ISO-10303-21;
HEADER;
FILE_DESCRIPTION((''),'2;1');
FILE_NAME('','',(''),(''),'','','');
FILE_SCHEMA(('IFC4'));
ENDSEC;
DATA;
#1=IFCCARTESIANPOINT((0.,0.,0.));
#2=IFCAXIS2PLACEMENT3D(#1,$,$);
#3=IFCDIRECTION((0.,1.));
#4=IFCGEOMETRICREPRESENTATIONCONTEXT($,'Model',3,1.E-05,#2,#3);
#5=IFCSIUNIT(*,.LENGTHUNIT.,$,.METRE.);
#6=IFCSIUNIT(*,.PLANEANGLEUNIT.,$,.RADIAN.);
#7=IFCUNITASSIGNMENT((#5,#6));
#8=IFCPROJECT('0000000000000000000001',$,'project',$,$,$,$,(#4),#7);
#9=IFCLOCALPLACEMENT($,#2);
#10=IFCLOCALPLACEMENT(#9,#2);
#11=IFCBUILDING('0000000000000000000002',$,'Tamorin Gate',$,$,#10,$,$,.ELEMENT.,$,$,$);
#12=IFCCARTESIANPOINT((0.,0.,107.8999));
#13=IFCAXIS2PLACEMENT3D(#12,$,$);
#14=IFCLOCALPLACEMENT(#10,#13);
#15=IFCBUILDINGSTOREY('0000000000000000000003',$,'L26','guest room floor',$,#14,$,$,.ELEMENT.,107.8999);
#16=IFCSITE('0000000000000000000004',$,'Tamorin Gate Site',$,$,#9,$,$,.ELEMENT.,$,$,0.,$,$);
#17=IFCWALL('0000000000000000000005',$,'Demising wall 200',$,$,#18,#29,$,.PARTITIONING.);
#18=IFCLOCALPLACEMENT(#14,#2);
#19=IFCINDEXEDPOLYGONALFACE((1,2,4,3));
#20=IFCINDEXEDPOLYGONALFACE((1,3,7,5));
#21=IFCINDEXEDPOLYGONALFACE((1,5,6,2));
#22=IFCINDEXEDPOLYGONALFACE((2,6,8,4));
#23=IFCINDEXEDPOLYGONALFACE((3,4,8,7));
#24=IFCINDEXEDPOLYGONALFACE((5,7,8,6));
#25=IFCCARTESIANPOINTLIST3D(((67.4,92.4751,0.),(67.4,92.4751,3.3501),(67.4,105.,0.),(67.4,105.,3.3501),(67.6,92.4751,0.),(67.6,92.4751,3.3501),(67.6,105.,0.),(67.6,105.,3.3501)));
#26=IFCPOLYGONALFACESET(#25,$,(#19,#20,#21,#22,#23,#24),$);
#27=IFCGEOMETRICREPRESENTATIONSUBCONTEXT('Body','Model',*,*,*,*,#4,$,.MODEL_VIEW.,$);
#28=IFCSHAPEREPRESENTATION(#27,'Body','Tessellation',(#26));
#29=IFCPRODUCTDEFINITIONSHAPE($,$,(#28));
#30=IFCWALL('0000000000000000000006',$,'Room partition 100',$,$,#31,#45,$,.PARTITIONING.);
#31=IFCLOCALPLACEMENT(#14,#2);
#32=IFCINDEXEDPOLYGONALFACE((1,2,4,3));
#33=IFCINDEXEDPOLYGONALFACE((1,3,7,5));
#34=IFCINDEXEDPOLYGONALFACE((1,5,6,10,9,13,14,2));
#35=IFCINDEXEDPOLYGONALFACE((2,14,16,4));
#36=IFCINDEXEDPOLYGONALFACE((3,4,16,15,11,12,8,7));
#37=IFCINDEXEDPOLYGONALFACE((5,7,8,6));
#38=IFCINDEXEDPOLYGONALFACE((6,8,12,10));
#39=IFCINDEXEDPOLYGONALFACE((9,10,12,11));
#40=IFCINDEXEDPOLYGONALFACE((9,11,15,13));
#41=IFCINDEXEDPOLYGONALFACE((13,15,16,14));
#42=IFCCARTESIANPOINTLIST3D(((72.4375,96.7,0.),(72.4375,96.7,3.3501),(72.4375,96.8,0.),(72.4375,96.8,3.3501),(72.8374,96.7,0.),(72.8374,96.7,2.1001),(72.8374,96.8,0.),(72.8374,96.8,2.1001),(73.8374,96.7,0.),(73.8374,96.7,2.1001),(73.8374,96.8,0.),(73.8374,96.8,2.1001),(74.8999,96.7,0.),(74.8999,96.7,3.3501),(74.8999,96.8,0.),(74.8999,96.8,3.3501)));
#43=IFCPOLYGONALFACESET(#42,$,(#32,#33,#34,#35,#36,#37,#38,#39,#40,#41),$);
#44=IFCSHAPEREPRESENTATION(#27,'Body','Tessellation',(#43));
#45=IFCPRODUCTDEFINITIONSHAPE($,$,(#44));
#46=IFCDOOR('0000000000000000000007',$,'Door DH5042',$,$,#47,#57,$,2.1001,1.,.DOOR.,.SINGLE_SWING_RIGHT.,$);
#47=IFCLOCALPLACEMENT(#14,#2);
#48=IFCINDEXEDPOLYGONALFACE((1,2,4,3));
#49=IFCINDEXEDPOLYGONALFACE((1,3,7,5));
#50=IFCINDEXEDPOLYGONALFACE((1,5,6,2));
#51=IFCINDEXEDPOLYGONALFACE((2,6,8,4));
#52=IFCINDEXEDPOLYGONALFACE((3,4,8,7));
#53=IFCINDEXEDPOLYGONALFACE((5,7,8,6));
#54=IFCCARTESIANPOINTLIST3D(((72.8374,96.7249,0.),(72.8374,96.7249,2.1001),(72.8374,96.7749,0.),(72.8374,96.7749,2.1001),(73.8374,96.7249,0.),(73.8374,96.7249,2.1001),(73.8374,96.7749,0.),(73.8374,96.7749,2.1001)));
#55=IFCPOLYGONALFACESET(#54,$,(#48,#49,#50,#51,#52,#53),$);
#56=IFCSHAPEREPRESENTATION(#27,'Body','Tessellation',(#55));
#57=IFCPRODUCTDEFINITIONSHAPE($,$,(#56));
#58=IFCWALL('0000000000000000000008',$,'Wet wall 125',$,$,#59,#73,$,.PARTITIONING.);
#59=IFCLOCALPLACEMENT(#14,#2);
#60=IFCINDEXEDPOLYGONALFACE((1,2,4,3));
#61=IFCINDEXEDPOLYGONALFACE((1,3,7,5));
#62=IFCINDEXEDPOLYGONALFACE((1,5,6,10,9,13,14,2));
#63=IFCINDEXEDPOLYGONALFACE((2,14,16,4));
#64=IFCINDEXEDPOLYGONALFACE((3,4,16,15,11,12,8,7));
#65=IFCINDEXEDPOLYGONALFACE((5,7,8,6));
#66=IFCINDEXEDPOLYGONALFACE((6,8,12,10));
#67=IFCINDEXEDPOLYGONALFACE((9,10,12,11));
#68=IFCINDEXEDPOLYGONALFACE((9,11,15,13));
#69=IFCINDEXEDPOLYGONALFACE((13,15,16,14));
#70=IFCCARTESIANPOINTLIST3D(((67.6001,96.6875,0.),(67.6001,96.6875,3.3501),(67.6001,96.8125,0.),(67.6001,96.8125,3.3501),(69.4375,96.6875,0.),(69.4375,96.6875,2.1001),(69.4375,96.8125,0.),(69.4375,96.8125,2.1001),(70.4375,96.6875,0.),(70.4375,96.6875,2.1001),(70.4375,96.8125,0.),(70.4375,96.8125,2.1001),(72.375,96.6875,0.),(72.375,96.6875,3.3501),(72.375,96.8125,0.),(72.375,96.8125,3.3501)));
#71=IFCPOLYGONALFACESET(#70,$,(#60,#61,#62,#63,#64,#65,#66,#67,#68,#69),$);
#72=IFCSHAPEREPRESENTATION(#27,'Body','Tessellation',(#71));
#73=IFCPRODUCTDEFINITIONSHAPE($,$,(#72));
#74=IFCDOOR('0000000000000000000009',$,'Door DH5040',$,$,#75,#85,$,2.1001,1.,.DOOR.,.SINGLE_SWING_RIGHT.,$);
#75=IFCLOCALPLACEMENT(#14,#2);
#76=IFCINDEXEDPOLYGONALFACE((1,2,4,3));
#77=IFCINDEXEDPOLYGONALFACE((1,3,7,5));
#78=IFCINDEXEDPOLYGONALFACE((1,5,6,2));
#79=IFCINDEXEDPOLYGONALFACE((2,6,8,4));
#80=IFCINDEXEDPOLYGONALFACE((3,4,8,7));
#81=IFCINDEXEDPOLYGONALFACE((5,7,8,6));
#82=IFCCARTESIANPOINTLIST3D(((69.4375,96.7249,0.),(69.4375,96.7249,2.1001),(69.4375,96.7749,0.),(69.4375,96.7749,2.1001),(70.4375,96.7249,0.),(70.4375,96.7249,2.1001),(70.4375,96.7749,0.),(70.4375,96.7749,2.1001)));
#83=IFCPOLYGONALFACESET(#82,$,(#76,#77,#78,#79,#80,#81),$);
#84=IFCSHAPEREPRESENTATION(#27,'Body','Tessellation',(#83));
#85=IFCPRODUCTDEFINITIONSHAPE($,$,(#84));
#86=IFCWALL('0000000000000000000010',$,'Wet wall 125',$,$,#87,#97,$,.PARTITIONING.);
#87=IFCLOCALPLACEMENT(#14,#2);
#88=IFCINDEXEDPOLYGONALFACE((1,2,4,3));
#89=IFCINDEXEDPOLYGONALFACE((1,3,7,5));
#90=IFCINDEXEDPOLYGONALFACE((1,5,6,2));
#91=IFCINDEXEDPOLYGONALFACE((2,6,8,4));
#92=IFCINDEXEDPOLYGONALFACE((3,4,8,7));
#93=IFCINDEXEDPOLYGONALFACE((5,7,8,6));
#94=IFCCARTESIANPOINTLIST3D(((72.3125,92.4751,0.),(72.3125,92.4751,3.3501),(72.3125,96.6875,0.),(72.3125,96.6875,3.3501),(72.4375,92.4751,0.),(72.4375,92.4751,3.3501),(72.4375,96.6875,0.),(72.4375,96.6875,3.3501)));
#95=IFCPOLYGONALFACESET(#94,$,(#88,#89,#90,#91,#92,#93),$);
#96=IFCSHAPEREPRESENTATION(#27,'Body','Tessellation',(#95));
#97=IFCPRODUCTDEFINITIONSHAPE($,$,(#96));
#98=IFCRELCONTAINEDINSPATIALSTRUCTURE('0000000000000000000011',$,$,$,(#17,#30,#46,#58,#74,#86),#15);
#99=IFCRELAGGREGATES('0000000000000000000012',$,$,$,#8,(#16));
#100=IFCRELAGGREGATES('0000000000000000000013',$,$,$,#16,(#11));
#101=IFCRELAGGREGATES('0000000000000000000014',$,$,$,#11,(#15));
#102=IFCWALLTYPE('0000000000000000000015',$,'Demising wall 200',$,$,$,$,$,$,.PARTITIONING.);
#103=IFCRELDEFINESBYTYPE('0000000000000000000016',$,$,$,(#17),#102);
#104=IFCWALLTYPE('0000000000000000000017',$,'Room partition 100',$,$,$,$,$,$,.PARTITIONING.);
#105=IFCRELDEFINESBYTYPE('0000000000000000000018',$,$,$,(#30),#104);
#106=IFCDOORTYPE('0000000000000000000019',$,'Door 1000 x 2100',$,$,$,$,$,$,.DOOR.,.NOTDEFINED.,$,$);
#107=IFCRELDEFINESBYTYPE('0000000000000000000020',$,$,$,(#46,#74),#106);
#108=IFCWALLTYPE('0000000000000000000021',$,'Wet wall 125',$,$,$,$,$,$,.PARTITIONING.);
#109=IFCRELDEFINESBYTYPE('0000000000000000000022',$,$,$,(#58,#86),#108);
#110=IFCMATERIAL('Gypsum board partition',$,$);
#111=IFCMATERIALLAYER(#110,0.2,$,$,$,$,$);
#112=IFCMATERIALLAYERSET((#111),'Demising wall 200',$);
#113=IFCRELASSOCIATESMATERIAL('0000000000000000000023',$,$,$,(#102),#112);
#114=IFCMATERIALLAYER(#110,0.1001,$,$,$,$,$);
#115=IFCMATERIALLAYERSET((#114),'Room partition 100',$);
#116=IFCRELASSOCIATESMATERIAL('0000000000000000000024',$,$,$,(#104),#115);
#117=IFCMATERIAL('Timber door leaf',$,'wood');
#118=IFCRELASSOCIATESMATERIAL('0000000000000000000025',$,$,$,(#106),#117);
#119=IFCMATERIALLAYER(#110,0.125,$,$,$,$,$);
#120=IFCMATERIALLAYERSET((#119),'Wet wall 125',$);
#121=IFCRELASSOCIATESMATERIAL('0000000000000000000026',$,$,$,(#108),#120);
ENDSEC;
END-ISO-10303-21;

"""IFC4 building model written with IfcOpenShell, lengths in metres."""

from ifc_helpers import new_model, si_unit, direction, frame, frame_2d, origin, place, context, subcontext, project, spatial, rectangle, extrude, material, layer, layer_set, type_object, element, fill, save


model = new_model("IFC4")

# Units and contexts
model_context = context("Model", 3, precision=1e-05, world=origin(), true_north=direction((0.0, 1.0)))
body_context = subcontext(model_context, "Body", "Model", "MODEL_VIEW")
ifc_project = project(units=[si_unit("LENGTHUNIT", "METRE"), si_unit("PLANEANGLEUNIT", "RADIAN")], contexts=[model_context])

# Site, building, storey
site_placement = place(None, origin())
site = spatial("IfcSite", under=ifc_project, at=site_placement, Name="Tamorin Gate Site", CompositionType="ELEMENT", RefElevation=0.0)
building_placement = place(site_placement, origin())
building = spatial("IfcBuilding", under=site, at=building_placement, Name="Tamorin Gate", CompositionType="ELEMENT")
storey_placement = place(building_placement, frame((0.0, 0.0, 107.8999)))
storey = spatial("IfcBuildingStorey", under=building, at=storey_placement, Name="L26", Description="guest room floor", CompositionType="ELEMENT", Elevation=107.8999)

# Wall
ifc_material_1 = material(Name="Gypsum board partition")
ifc_layer_1 = layer(ifc_material_1, 0.2)
ifc_layer_set_1 = layer_set([ifc_layer_1], Name="Demising wall 200")
wall_type_1 = type_object("IfcWallType", Name="Demising wall 200", PredefinedType="PARTITIONING", material=ifc_layer_set_1)
wall_1_placement = place(storey_placement, frame((67.5, 92.4751, 0.0), z_axis=(0.0, 0.0, 1.0), x_axis=(0.0, 1.0, 0.0)))
element("IfcWall", 1, at=wall_1_placement, inside=storey, type_object=wall_type_1, Name="Demising wall 200", PredefinedType="PARTITIONING", context=body_context, shape_type="SweptSolid", body=[
    extrude(rectangle(XDim=12.5249, YDim=0.2, at=frame_2d((6.2625, 0.0))), origin(), (0.0, 0.0, 1.0), 3.3501),
])

# Walls, openings, doors
ifc_layer_2 = layer(ifc_material_1, 0.1001)
ifc_layer_set_2 = layer_set([ifc_layer_2], Name="Room partition 100")
wall_type_2 = type_object("IfcWallType", Name="Room partition 100", PredefinedType="PARTITIONING", material=ifc_layer_set_2)
wall_2_placement = place(storey_placement, frame((72.4375, 96.75, 0.0), z_axis=(0.0, 0.0, 1.0), x_axis=(1.0, 0.0, 0.0)))
wall_2 = element("IfcWall", 2, at=wall_2_placement, inside=storey, type_object=wall_type_2, Name="Room partition 100", PredefinedType="PARTITIONING", context=body_context, shape_type="SweptSolid", body=[
    extrude(rectangle(XDim=2.4624, YDim=0.1001, at=frame_2d((1.2312, 0.0))), origin(), (0.0, 0.0, 1.0), 3.3501),
])
opening_1_placement = place(wall_2_placement, frame((0.3999, 0.0, 0.0)))
opening_1 = element("IfcOpeningElement", 3, at=opening_1_placement, cuts=wall_2, PredefinedType="OPENING", context=body_context, shape_type="SweptSolid", body=[
    extrude(rectangle(XDim=1.0, YDim=2.1001, at=frame_2d((0.5, 1.05))), frame((0.0, 0.0601, 0.0), z_axis=(0.0, -1.0, 0.0), x_axis=(1.0, 0.0, 0.0)), (0.0, 0.0, 1.0), 0.1201),
])
ifc_material_2 = material(Name="Timber door leaf", Category="wood")
door_type = type_object("IfcDoorType", Name="Door 1000 x 2100", OperationType="NOTDEFINED", PredefinedType="DOOR", material=ifc_material_2)
door_1_placement = place(opening_1_placement, origin())
door_1 = element("IfcDoor", 4, at=door_1_placement, inside=storey, type_object=door_type, Name="Door DH5042", OperationType="SINGLE_SWING_RIGHT", OverallHeight=2.1001, OverallWidth=1.0, PredefinedType="DOOR", context=body_context, shape_type="SweptSolid", body=[
    extrude(rectangle(XDim=1.0, YDim=2.1001, at=frame_2d((0.5, 1.05))), frame((0.0, 0.0249, 0.0), z_axis=(0.0, -1.0, 0.0), x_axis=(1.0, 0.0, 0.0)), (0.0, 0.0, 1.0), 0.05),
])
fill(opening_1, door_1)
ifc_layer_3 = layer(ifc_material_1, 0.125)
ifc_layer_set_3 = layer_set([ifc_layer_3], Name="Wet wall 125")
wall_type_3 = type_object("IfcWallType", Name="Wet wall 125", PredefinedType="PARTITIONING", material=ifc_layer_set_3)
wall_3_placement = place(storey_placement, frame((67.6001, 96.75, 0.0), z_axis=(0.0, 0.0, 1.0), x_axis=(1.0, 0.0, 0.0)))
wall_3 = element("IfcWall", 5, at=wall_3_placement, inside=storey, type_object=wall_type_3, Name="Wet wall 125", PredefinedType="PARTITIONING", context=body_context, shape_type="SweptSolid", body=[
    extrude(rectangle(XDim=4.7749, YDim=0.125, at=frame_2d((2.3875, 0.0))), origin(), (0.0, 0.0, 1.0), 3.3501),
])
opening_2_placement = place(wall_3_placement, frame((1.8374, 0.0, 0.0)))
opening_2 = element("IfcOpeningElement", 6, at=opening_2_placement, cuts=wall_3, PredefinedType="OPENING", context=body_context, shape_type="SweptSolid", body=[
    extrude(rectangle(XDim=1.0, YDim=2.1001, at=frame_2d((0.5, 1.05))), frame((0.0, 0.0725, 0.0), z_axis=(0.0, -1.0, 0.0), x_axis=(1.0, 0.0, 0.0)), (0.0, 0.0, 1.0), 0.145),
])
door_2_placement = place(opening_2_placement, origin())
door_2 = element("IfcDoor", 7, at=door_2_placement, inside=storey, type_object=door_type, Name="Door DH5040", OperationType="SINGLE_SWING_RIGHT", OverallHeight=2.1001, OverallWidth=1.0, PredefinedType="DOOR", context=body_context, shape_type="SweptSolid", body=[
    extrude(rectangle(XDim=1.0, YDim=2.1001, at=frame_2d((0.5, 1.05))), frame((0.0, 0.0249, 0.0), z_axis=(0.0, -1.0, 0.0), x_axis=(1.0, 0.0, 0.0)), (0.0, 0.0, 1.0), 0.05),
])
fill(opening_2, door_2)

# Wall
wall_4_placement = place(storey_placement, frame((72.375, 92.4751, 0.0), z_axis=(0.0, 0.0, 1.0), x_axis=(0.0, 1.0, 0.0)))
element("IfcWall", 8, at=wall_4_placement, inside=storey, type_object=wall_type_3, Name="Wet wall 125", PredefinedType="PARTITIONING", context=body_context, shape_type="SweptSolid", body=[
    extrude(rectangle(XDim=4.2124, YDim=0.125, at=frame_2d((2.1062, 0.0))), origin(), (0.0, 0.0, 1.0), 3.3501),
])

save(model, "model.ifc")
